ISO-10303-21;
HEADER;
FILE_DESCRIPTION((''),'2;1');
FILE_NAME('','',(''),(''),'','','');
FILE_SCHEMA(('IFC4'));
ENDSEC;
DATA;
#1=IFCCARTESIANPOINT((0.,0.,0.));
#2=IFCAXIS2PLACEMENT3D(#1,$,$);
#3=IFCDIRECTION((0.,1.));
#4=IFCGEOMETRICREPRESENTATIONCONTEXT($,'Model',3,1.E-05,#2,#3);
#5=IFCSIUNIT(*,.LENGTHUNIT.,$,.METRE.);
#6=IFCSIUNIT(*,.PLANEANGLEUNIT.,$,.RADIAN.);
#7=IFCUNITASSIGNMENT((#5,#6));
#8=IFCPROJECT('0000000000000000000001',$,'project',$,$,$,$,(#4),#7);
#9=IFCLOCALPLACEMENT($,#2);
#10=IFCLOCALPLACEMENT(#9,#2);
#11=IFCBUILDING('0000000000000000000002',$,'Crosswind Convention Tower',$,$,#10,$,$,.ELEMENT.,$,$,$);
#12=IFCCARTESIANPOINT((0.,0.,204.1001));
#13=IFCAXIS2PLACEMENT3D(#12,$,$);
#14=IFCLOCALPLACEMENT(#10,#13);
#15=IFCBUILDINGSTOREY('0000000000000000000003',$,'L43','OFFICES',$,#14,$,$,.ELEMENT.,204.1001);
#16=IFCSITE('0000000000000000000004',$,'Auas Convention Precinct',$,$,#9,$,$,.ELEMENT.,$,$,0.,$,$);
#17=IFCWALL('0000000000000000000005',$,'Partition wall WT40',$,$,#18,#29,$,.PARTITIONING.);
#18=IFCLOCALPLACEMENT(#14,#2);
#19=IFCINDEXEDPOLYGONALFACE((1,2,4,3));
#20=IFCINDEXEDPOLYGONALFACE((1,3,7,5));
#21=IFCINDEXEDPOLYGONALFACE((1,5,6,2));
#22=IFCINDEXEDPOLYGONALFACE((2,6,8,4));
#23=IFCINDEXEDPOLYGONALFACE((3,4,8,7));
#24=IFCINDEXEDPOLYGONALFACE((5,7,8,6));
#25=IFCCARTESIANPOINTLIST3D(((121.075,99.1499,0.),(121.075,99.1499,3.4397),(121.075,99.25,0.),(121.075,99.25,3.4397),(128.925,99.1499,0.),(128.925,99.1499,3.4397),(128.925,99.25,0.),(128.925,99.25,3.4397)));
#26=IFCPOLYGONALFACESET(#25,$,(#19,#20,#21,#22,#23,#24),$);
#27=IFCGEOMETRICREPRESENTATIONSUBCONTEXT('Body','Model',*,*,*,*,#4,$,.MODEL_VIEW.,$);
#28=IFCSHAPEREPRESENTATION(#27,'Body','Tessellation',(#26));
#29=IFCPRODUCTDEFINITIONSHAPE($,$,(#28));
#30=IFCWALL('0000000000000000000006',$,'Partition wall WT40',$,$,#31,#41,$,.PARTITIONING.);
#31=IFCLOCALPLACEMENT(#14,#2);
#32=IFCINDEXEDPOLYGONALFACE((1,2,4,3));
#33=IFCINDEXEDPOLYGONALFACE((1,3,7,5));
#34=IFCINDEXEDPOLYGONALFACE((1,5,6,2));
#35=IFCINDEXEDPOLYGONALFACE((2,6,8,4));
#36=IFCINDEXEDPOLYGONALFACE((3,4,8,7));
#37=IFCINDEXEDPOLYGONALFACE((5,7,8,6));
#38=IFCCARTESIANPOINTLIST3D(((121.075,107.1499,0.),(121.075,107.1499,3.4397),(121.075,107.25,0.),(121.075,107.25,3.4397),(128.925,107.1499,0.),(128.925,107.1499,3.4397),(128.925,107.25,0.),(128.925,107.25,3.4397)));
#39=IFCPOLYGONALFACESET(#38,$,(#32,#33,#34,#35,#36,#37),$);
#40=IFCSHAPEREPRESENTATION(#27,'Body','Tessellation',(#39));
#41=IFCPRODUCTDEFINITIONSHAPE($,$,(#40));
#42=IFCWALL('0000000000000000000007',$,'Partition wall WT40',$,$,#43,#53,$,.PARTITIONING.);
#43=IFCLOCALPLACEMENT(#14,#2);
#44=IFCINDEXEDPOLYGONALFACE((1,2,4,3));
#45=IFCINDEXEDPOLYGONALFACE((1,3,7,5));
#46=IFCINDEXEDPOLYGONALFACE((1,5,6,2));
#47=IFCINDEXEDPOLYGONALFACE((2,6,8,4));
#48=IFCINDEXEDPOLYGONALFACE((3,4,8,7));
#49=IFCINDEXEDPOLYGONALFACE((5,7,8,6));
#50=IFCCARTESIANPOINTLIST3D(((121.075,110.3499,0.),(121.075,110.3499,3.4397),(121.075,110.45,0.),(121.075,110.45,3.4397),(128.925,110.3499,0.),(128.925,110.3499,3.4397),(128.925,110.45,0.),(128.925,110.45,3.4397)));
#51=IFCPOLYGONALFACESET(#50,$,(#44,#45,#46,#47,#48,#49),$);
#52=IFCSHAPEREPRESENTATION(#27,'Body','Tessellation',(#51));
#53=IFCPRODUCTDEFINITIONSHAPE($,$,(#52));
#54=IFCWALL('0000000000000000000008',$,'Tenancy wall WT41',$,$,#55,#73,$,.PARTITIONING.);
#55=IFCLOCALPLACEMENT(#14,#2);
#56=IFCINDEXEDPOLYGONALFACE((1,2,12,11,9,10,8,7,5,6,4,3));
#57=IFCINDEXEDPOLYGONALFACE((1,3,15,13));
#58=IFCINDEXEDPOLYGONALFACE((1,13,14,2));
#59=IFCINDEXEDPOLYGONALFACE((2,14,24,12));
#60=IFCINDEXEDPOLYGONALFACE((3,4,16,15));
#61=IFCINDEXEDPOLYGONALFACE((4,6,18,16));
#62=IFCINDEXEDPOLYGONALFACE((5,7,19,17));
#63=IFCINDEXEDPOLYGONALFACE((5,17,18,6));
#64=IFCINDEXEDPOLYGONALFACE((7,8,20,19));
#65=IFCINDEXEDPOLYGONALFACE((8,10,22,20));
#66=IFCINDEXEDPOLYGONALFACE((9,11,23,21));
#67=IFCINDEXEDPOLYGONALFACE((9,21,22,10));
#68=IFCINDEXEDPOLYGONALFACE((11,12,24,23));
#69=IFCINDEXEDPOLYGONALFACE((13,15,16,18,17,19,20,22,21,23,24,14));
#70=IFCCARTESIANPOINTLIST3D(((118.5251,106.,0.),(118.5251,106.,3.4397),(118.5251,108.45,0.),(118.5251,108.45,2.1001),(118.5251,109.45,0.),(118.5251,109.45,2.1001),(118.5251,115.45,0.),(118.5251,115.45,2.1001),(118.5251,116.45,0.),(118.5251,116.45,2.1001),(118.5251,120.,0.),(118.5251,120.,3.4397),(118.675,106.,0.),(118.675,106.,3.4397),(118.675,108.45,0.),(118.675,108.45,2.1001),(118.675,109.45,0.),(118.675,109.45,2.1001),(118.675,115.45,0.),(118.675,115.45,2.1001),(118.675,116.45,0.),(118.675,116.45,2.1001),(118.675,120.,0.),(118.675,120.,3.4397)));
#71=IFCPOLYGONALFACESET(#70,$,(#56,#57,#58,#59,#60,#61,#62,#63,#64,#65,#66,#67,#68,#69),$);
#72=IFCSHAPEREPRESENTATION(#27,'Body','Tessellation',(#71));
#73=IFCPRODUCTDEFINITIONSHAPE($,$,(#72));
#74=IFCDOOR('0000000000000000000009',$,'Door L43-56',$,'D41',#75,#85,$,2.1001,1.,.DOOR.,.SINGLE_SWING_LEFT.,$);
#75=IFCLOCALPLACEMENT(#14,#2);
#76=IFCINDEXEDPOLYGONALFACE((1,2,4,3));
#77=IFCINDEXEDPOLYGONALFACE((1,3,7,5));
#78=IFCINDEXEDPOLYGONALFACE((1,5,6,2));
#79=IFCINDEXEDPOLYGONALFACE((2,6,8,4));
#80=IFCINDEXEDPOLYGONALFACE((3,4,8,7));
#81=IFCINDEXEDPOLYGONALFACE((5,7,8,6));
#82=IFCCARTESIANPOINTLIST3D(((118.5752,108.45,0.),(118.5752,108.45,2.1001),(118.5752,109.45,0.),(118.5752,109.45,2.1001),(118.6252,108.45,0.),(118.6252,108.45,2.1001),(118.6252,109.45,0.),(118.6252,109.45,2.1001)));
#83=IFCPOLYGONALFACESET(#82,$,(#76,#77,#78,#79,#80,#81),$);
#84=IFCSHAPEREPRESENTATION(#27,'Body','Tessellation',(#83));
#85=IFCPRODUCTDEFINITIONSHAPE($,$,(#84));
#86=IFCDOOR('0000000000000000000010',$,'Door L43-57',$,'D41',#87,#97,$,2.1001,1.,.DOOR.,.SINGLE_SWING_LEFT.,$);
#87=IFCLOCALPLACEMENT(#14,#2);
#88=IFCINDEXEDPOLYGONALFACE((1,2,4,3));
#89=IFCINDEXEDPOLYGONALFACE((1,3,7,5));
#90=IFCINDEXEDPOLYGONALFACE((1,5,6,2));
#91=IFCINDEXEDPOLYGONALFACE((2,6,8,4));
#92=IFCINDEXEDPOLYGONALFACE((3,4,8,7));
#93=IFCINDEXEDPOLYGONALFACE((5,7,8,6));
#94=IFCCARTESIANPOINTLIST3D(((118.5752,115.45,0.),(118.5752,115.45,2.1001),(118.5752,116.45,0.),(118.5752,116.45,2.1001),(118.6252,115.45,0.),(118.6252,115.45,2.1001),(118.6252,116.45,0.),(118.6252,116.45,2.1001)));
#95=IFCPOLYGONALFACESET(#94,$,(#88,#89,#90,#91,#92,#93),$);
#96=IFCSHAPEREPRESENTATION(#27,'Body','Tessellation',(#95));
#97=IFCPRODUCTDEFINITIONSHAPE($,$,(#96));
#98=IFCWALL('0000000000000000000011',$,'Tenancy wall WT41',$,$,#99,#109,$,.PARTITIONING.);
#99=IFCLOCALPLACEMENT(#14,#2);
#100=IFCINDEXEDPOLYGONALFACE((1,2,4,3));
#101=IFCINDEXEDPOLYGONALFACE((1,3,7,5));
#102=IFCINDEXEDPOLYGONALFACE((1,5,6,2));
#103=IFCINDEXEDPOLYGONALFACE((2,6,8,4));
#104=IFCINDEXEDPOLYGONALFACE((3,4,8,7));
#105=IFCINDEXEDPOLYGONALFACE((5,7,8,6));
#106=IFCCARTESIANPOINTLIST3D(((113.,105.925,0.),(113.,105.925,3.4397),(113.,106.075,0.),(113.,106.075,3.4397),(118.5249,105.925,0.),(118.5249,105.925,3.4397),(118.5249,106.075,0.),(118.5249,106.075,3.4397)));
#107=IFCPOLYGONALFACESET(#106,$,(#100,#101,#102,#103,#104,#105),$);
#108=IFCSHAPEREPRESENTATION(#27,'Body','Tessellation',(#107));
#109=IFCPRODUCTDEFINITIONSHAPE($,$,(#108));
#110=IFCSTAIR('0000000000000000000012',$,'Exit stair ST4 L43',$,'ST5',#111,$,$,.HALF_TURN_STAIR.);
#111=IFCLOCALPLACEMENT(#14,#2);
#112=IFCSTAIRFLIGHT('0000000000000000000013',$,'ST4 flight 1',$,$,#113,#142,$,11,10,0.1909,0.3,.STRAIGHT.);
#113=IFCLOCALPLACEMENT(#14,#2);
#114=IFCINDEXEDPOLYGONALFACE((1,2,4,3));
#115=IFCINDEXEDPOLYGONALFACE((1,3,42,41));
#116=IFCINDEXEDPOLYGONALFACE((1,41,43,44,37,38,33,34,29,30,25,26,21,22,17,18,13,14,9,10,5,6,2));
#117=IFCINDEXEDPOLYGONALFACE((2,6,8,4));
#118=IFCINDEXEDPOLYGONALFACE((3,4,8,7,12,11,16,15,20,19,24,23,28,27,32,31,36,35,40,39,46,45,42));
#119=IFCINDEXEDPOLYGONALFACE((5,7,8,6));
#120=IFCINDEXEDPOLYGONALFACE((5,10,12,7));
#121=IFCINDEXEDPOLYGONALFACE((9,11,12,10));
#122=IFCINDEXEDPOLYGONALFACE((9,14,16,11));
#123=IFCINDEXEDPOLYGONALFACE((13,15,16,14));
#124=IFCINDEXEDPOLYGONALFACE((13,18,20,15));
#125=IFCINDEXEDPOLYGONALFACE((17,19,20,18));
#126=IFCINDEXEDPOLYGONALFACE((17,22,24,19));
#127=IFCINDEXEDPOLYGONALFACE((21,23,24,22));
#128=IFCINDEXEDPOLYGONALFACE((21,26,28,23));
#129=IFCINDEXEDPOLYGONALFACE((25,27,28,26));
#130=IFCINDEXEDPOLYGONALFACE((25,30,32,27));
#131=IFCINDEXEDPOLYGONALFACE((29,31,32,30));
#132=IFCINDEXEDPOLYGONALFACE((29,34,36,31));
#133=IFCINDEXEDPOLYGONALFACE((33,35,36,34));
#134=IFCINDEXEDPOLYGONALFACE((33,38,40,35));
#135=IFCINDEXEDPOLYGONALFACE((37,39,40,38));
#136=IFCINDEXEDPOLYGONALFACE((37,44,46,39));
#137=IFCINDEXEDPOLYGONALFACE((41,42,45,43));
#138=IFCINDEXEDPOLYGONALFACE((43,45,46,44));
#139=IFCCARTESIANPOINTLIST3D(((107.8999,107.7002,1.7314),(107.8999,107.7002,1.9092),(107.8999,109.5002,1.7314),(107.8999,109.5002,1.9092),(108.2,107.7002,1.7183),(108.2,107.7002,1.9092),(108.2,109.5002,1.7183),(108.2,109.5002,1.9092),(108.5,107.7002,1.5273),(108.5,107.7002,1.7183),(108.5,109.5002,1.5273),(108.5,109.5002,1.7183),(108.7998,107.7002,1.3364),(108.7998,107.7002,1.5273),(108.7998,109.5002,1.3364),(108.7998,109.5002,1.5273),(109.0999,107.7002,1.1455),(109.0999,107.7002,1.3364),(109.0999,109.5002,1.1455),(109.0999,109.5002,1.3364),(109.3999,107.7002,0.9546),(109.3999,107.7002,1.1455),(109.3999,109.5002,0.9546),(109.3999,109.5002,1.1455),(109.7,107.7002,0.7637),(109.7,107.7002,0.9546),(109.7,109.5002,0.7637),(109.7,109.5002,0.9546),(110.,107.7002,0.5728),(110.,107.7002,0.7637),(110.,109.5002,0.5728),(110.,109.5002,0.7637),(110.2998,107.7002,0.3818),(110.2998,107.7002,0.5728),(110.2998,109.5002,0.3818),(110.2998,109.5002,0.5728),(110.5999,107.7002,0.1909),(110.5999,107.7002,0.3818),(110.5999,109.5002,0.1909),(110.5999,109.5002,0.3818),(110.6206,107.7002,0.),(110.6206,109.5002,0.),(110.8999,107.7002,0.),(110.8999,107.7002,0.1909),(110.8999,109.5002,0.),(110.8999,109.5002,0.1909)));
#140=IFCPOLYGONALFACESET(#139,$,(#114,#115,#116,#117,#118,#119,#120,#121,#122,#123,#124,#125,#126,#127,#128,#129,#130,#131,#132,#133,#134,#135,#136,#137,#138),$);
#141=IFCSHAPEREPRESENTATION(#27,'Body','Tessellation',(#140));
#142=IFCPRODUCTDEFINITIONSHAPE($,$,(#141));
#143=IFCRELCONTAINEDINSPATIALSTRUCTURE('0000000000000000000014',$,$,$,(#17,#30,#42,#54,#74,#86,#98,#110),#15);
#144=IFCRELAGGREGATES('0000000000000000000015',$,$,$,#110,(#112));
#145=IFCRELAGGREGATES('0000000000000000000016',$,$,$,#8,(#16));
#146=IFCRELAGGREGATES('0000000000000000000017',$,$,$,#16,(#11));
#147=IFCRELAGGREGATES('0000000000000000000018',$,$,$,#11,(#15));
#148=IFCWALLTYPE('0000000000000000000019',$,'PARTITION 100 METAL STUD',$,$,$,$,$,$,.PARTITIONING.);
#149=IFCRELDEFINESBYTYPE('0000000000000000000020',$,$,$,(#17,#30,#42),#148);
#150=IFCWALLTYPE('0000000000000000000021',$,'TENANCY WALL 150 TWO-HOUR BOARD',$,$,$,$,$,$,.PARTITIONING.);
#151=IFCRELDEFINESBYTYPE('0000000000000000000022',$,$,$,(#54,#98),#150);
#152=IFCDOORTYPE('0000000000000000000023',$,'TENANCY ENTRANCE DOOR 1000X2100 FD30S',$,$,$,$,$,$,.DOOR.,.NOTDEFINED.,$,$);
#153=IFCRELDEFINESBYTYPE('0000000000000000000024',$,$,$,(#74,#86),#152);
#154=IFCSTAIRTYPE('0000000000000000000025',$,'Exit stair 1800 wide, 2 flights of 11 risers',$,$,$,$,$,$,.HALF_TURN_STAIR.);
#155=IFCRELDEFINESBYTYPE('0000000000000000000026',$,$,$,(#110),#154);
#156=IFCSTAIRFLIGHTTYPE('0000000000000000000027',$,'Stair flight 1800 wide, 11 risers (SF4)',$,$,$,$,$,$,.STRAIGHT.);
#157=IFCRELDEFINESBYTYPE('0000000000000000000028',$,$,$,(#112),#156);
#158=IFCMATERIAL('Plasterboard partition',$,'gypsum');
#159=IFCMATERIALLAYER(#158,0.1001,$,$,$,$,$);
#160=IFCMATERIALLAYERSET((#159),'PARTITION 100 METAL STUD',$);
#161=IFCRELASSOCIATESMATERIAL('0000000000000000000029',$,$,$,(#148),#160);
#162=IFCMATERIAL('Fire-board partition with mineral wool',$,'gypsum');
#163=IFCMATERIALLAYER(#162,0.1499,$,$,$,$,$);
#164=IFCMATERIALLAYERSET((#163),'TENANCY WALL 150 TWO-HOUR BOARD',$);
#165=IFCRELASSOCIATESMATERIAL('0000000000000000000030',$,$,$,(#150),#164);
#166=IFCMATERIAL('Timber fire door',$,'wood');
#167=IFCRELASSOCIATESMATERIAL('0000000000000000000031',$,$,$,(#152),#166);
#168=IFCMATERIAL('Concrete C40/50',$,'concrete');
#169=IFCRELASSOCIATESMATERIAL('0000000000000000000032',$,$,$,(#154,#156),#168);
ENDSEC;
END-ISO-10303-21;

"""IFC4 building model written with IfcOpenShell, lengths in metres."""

from ifc_helpers import new_model, si_unit, direction, frame, frame_2d, origin, place, context, subcontext, project, spatial, polyline, rectangle, outline, extrude, material, layer, layer_set, type_object, element, fill, aggregate, save


model = new_model("IFC4")

# Units and contexts
model_context = context("Model", 3, precision=1e-05, world=origin(), true_north=direction((0.0, 1.0)))
body_context = subcontext(model_context, "Body", "Model", "MODEL_VIEW")
ifc_project = project(units=[si_unit("LENGTHUNIT", "METRE"), si_unit("PLANEANGLEUNIT", "RADIAN")], contexts=[model_context])

# Site, building, storey
site_placement = place(None, origin())
site = spatial("IfcSite", under=ifc_project, at=site_placement, Name="Auas Convention Precinct", CompositionType="ELEMENT", RefElevation=0.0)
building_placement = place(site_placement, origin())
building = spatial("IfcBuilding", under=site, at=building_placement, Name="Crosswind Convention Tower", CompositionType="ELEMENT")
storey_placement = place(building_placement, frame((0.0, 0.0, 204.1001)))
storey = spatial("IfcBuildingStorey", under=building, at=storey_placement, Name="L43", Description="OFFICES", CompositionType="ELEMENT", Elevation=204.1001)

# Walls
ifc_material_1 = material(Name="Plasterboard partition", Category="gypsum")
ifc_layer_1 = layer(ifc_material_1, 0.1001)
ifc_layer_set_1 = layer_set([ifc_layer_1], Name="PARTITION 100 METAL STUD")
wall_type_1 = type_object("IfcWallType", Name="PARTITION 100 METAL STUD", PredefinedType="PARTITIONING", material=ifc_layer_set_1)
for number, where, z_axis, x_axis, name in (
    (1, (121.075, 99.2, 0.0), (0.0, 0.0, 1.0), (1.0, 0.0, 0.0), "Partition wall WT40"),
    (2, (121.075, 107.2, 0.0), (0.0, 0.0, 1.0), (1.0, 0.0, 0.0), "Partition wall WT40"),
    (3, (121.075, 110.3999, 0.0), (0.0, 0.0, 1.0), (1.0, 0.0, 0.0), "Partition wall WT40"),
):
    element("IfcWall", number, at=place(storey_placement, frame(where, z_axis=z_axis, x_axis=x_axis)), inside=storey, type_object=wall_type_1, Name=name, PredefinedType="PARTITIONING", context=body_context, shape_type="SweptSolid", body=[
        extrude(rectangle(XDim=7.8501, YDim=0.1001, at=frame_2d((3.925, 0.0))), origin(), (0.0, 0.0, 1.0), 3.4397),
    ])

# Wall, openings, doors
ifc_material_2 = material(Name="Fire-board partition with mineral wool", Category="gypsum")
ifc_layer_2 = layer(ifc_material_2, 0.1499)
ifc_layer_set_2 = layer_set([ifc_layer_2], Name="TENANCY WALL 150 TWO-HOUR BOARD")
wall_type_2 = type_object("IfcWallType", Name="TENANCY WALL 150 TWO-HOUR BOARD", PredefinedType="PARTITIONING", material=ifc_layer_set_2)
wall_1_placement = place(storey_placement, frame((118.6001, 106.0, 0.0), z_axis=(0.0, 0.0, 1.0), x_axis=(0.0, 1.0, 0.0)))
wall_1 = element("IfcWall", 4, at=wall_1_placement, inside=storey, type_object=wall_type_2, Name="Tenancy wall WT41", PredefinedType="PARTITIONING", context=body_context, shape_type="SweptSolid", body=[
    extrude(rectangle(XDim=14.0, YDim=0.1499, at=frame_2d((7.0, 0.0))), origin(), (0.0, 0.0, 1.0), 3.4397),
])
opening_1_placement = place(wall_1_placement, frame((2.45, 0.0, 0.0)))
opening_1 = element("IfcOpeningElement", 5, at=opening_1_placement, cuts=wall_1, PredefinedType="OPENING", context=body_context, shape_type="SweptSolid", body=[
    extrude(rectangle(XDim=1.0, YDim=2.1001, at=frame_2d((0.5, 1.05))), frame((0.0, 0.085, 0.0), z_axis=(0.0, -1.0, 0.0), x_axis=(1.0, 0.0, 0.0)), (0.0, 0.0, 1.0), 0.1699),
])
opening_2_placement = place(wall_1_placement, frame((9.45, 0.0, 0.0)))
opening_2 = element("IfcOpeningElement", 6, at=opening_2_placement, cuts=wall_1, PredefinedType="OPENING", context=body_context, shape_type="SweptSolid", body=[
    extrude(rectangle(XDim=1.0, YDim=2.1001, at=frame_2d((0.5, 1.05))), frame((0.0, 0.085, 0.0), z_axis=(0.0, -1.0, 0.0), x_axis=(1.0, 0.0, 0.0)), (0.0, 0.0, 1.0), 0.1699),
])
ifc_material_3 = material(Name="Timber fire door", Category="wood")
door_type_1 = type_object("IfcDoorType", Name="TENANCY ENTRANCE DOOR 1000X2100 FD30S", OperationType="NOTDEFINED", PredefinedType="DOOR", material=ifc_material_3)
door_1_placement = place(opening_1_placement, origin())
door_1 = element("IfcDoor", 7, at=door_1_placement, inside=storey, type_object=door_type_1, Name="Door L43-56", ObjectType="D41", OperationType="SINGLE_SWING_LEFT", OverallHeight=2.1001, OverallWidth=1.0, PredefinedType="DOOR", context=body_context, shape_type="SweptSolid", body=[
    extrude(rectangle(XDim=1.0, YDim=2.1001, at=frame_2d((0.5, 1.05))), frame((0.0, 0.0249, 0.0), z_axis=(0.0, -1.0, 0.0), x_axis=(1.0, 0.0, 0.0)), (0.0, 0.0, 1.0), 0.05),
])
fill(opening_1, door_1)
door_2_placement = place(opening_2_placement, origin())
door_2 = element("IfcDoor", 8, at=door_2_placement, inside=storey, type_object=door_type_1, Name="Door L43-57", ObjectType="D41", OperationType="SINGLE_SWING_LEFT", OverallHeight=2.1001, OverallWidth=1.0, PredefinedType="DOOR", context=body_context, shape_type="SweptSolid", body=[
    extrude(rectangle(XDim=1.0, YDim=2.1001, at=frame_2d((0.5, 1.05))), frame((0.0, 0.0249, 0.0), z_axis=(0.0, -1.0, 0.0), x_axis=(1.0, 0.0, 0.0)), (0.0, 0.0, 1.0), 0.05),
])
fill(opening_2, door_2)

# Wall
wall_2_placement = place(storey_placement, frame((113.0, 106.0, 0.0), z_axis=(0.0, 0.0, 1.0), x_axis=(1.0, 0.0, 0.0)))
element("IfcWall", 9, at=wall_2_placement, inside=storey, type_object=wall_type_2, Name="Tenancy wall WT41", PredefinedType="PARTITIONING", context=body_context, shape_type="SweptSolid", body=[
    extrude(rectangle(XDim=5.5249, YDim=0.1499, at=frame_2d((2.7625, 0.0))), origin(), (0.0, 0.0, 1.0), 3.4397),
])

# Stair, stair flight
ifc_material_4 = material(Name="Concrete C40/50", Category="concrete")
stair_type = type_object("IfcStairType", Name="Exit stair 1800 wide, 2 flights of 11 risers", PredefinedType="HALF_TURN_STAIR", material=ifc_material_4)
stair_placement = place(storey_placement, origin())
stair = element("IfcStair", 10, at=stair_placement, inside=storey, type_object=stair_type, Name="Exit stair ST4 L43", ObjectType="ST5", PredefinedType="HALF_TURN_STAIR")
stair_flight_type = type_object("IfcStairFlightType", Name="Stair flight 1800 wide, 11 risers (SF4)", PredefinedType="STRAIGHT", material=ifc_material_4)
stair_flight_placement = place(storey_placement, frame((110.8999, 108.6001, 0.0), z_axis=(0.0, 0.0, 1.0), x_axis=(-1.0, 0.0, 0.0)))
stair_flight = element("IfcStairFlight", 11, at=stair_flight_placement, type_object=stair_flight_type, Name="ST4 flight 1", NumberOfRisers=11, NumberOfTreads=10, PredefinedType="STRAIGHT", RiserHeight=0.1909, TreadLength=0.3, context=body_context, shape_type="SweptSolid", body=[
    extrude(outline(polyline([(0.0, 0.0), (0.0, 0.1909), (0.3, 0.1909), (0.3, 0.3818), (0.6001, 0.3818), (0.6001, 0.5728), (0.8999, 0.5728), (0.8999, 0.7637), (1.2, 0.7637), (1.2, 0.9546), (1.5, 0.9546), (1.5, 1.1455), (1.8, 1.1455), (1.8, 1.3364), (2.1001, 1.3364), (2.1001, 1.5273), (2.3999, 1.5273), (2.3999, 1.7183), (2.7, 1.7183), (2.7, 1.9092), (3.0, 1.9092), (3.0, 2.1001), (3.0, 1.7314), (0.2793, 0.0), (0.0, 0.0)])), frame((0.0, 0.8999, 0.0), z_axis=(0.0, -1.0, 0.0), x_axis=(1.0, 0.0, 0.0)), (0.0, 0.0, 1.0), 1.8),
])
aggregate(stair, [stair_flight])

save(model, "model.ifc")
